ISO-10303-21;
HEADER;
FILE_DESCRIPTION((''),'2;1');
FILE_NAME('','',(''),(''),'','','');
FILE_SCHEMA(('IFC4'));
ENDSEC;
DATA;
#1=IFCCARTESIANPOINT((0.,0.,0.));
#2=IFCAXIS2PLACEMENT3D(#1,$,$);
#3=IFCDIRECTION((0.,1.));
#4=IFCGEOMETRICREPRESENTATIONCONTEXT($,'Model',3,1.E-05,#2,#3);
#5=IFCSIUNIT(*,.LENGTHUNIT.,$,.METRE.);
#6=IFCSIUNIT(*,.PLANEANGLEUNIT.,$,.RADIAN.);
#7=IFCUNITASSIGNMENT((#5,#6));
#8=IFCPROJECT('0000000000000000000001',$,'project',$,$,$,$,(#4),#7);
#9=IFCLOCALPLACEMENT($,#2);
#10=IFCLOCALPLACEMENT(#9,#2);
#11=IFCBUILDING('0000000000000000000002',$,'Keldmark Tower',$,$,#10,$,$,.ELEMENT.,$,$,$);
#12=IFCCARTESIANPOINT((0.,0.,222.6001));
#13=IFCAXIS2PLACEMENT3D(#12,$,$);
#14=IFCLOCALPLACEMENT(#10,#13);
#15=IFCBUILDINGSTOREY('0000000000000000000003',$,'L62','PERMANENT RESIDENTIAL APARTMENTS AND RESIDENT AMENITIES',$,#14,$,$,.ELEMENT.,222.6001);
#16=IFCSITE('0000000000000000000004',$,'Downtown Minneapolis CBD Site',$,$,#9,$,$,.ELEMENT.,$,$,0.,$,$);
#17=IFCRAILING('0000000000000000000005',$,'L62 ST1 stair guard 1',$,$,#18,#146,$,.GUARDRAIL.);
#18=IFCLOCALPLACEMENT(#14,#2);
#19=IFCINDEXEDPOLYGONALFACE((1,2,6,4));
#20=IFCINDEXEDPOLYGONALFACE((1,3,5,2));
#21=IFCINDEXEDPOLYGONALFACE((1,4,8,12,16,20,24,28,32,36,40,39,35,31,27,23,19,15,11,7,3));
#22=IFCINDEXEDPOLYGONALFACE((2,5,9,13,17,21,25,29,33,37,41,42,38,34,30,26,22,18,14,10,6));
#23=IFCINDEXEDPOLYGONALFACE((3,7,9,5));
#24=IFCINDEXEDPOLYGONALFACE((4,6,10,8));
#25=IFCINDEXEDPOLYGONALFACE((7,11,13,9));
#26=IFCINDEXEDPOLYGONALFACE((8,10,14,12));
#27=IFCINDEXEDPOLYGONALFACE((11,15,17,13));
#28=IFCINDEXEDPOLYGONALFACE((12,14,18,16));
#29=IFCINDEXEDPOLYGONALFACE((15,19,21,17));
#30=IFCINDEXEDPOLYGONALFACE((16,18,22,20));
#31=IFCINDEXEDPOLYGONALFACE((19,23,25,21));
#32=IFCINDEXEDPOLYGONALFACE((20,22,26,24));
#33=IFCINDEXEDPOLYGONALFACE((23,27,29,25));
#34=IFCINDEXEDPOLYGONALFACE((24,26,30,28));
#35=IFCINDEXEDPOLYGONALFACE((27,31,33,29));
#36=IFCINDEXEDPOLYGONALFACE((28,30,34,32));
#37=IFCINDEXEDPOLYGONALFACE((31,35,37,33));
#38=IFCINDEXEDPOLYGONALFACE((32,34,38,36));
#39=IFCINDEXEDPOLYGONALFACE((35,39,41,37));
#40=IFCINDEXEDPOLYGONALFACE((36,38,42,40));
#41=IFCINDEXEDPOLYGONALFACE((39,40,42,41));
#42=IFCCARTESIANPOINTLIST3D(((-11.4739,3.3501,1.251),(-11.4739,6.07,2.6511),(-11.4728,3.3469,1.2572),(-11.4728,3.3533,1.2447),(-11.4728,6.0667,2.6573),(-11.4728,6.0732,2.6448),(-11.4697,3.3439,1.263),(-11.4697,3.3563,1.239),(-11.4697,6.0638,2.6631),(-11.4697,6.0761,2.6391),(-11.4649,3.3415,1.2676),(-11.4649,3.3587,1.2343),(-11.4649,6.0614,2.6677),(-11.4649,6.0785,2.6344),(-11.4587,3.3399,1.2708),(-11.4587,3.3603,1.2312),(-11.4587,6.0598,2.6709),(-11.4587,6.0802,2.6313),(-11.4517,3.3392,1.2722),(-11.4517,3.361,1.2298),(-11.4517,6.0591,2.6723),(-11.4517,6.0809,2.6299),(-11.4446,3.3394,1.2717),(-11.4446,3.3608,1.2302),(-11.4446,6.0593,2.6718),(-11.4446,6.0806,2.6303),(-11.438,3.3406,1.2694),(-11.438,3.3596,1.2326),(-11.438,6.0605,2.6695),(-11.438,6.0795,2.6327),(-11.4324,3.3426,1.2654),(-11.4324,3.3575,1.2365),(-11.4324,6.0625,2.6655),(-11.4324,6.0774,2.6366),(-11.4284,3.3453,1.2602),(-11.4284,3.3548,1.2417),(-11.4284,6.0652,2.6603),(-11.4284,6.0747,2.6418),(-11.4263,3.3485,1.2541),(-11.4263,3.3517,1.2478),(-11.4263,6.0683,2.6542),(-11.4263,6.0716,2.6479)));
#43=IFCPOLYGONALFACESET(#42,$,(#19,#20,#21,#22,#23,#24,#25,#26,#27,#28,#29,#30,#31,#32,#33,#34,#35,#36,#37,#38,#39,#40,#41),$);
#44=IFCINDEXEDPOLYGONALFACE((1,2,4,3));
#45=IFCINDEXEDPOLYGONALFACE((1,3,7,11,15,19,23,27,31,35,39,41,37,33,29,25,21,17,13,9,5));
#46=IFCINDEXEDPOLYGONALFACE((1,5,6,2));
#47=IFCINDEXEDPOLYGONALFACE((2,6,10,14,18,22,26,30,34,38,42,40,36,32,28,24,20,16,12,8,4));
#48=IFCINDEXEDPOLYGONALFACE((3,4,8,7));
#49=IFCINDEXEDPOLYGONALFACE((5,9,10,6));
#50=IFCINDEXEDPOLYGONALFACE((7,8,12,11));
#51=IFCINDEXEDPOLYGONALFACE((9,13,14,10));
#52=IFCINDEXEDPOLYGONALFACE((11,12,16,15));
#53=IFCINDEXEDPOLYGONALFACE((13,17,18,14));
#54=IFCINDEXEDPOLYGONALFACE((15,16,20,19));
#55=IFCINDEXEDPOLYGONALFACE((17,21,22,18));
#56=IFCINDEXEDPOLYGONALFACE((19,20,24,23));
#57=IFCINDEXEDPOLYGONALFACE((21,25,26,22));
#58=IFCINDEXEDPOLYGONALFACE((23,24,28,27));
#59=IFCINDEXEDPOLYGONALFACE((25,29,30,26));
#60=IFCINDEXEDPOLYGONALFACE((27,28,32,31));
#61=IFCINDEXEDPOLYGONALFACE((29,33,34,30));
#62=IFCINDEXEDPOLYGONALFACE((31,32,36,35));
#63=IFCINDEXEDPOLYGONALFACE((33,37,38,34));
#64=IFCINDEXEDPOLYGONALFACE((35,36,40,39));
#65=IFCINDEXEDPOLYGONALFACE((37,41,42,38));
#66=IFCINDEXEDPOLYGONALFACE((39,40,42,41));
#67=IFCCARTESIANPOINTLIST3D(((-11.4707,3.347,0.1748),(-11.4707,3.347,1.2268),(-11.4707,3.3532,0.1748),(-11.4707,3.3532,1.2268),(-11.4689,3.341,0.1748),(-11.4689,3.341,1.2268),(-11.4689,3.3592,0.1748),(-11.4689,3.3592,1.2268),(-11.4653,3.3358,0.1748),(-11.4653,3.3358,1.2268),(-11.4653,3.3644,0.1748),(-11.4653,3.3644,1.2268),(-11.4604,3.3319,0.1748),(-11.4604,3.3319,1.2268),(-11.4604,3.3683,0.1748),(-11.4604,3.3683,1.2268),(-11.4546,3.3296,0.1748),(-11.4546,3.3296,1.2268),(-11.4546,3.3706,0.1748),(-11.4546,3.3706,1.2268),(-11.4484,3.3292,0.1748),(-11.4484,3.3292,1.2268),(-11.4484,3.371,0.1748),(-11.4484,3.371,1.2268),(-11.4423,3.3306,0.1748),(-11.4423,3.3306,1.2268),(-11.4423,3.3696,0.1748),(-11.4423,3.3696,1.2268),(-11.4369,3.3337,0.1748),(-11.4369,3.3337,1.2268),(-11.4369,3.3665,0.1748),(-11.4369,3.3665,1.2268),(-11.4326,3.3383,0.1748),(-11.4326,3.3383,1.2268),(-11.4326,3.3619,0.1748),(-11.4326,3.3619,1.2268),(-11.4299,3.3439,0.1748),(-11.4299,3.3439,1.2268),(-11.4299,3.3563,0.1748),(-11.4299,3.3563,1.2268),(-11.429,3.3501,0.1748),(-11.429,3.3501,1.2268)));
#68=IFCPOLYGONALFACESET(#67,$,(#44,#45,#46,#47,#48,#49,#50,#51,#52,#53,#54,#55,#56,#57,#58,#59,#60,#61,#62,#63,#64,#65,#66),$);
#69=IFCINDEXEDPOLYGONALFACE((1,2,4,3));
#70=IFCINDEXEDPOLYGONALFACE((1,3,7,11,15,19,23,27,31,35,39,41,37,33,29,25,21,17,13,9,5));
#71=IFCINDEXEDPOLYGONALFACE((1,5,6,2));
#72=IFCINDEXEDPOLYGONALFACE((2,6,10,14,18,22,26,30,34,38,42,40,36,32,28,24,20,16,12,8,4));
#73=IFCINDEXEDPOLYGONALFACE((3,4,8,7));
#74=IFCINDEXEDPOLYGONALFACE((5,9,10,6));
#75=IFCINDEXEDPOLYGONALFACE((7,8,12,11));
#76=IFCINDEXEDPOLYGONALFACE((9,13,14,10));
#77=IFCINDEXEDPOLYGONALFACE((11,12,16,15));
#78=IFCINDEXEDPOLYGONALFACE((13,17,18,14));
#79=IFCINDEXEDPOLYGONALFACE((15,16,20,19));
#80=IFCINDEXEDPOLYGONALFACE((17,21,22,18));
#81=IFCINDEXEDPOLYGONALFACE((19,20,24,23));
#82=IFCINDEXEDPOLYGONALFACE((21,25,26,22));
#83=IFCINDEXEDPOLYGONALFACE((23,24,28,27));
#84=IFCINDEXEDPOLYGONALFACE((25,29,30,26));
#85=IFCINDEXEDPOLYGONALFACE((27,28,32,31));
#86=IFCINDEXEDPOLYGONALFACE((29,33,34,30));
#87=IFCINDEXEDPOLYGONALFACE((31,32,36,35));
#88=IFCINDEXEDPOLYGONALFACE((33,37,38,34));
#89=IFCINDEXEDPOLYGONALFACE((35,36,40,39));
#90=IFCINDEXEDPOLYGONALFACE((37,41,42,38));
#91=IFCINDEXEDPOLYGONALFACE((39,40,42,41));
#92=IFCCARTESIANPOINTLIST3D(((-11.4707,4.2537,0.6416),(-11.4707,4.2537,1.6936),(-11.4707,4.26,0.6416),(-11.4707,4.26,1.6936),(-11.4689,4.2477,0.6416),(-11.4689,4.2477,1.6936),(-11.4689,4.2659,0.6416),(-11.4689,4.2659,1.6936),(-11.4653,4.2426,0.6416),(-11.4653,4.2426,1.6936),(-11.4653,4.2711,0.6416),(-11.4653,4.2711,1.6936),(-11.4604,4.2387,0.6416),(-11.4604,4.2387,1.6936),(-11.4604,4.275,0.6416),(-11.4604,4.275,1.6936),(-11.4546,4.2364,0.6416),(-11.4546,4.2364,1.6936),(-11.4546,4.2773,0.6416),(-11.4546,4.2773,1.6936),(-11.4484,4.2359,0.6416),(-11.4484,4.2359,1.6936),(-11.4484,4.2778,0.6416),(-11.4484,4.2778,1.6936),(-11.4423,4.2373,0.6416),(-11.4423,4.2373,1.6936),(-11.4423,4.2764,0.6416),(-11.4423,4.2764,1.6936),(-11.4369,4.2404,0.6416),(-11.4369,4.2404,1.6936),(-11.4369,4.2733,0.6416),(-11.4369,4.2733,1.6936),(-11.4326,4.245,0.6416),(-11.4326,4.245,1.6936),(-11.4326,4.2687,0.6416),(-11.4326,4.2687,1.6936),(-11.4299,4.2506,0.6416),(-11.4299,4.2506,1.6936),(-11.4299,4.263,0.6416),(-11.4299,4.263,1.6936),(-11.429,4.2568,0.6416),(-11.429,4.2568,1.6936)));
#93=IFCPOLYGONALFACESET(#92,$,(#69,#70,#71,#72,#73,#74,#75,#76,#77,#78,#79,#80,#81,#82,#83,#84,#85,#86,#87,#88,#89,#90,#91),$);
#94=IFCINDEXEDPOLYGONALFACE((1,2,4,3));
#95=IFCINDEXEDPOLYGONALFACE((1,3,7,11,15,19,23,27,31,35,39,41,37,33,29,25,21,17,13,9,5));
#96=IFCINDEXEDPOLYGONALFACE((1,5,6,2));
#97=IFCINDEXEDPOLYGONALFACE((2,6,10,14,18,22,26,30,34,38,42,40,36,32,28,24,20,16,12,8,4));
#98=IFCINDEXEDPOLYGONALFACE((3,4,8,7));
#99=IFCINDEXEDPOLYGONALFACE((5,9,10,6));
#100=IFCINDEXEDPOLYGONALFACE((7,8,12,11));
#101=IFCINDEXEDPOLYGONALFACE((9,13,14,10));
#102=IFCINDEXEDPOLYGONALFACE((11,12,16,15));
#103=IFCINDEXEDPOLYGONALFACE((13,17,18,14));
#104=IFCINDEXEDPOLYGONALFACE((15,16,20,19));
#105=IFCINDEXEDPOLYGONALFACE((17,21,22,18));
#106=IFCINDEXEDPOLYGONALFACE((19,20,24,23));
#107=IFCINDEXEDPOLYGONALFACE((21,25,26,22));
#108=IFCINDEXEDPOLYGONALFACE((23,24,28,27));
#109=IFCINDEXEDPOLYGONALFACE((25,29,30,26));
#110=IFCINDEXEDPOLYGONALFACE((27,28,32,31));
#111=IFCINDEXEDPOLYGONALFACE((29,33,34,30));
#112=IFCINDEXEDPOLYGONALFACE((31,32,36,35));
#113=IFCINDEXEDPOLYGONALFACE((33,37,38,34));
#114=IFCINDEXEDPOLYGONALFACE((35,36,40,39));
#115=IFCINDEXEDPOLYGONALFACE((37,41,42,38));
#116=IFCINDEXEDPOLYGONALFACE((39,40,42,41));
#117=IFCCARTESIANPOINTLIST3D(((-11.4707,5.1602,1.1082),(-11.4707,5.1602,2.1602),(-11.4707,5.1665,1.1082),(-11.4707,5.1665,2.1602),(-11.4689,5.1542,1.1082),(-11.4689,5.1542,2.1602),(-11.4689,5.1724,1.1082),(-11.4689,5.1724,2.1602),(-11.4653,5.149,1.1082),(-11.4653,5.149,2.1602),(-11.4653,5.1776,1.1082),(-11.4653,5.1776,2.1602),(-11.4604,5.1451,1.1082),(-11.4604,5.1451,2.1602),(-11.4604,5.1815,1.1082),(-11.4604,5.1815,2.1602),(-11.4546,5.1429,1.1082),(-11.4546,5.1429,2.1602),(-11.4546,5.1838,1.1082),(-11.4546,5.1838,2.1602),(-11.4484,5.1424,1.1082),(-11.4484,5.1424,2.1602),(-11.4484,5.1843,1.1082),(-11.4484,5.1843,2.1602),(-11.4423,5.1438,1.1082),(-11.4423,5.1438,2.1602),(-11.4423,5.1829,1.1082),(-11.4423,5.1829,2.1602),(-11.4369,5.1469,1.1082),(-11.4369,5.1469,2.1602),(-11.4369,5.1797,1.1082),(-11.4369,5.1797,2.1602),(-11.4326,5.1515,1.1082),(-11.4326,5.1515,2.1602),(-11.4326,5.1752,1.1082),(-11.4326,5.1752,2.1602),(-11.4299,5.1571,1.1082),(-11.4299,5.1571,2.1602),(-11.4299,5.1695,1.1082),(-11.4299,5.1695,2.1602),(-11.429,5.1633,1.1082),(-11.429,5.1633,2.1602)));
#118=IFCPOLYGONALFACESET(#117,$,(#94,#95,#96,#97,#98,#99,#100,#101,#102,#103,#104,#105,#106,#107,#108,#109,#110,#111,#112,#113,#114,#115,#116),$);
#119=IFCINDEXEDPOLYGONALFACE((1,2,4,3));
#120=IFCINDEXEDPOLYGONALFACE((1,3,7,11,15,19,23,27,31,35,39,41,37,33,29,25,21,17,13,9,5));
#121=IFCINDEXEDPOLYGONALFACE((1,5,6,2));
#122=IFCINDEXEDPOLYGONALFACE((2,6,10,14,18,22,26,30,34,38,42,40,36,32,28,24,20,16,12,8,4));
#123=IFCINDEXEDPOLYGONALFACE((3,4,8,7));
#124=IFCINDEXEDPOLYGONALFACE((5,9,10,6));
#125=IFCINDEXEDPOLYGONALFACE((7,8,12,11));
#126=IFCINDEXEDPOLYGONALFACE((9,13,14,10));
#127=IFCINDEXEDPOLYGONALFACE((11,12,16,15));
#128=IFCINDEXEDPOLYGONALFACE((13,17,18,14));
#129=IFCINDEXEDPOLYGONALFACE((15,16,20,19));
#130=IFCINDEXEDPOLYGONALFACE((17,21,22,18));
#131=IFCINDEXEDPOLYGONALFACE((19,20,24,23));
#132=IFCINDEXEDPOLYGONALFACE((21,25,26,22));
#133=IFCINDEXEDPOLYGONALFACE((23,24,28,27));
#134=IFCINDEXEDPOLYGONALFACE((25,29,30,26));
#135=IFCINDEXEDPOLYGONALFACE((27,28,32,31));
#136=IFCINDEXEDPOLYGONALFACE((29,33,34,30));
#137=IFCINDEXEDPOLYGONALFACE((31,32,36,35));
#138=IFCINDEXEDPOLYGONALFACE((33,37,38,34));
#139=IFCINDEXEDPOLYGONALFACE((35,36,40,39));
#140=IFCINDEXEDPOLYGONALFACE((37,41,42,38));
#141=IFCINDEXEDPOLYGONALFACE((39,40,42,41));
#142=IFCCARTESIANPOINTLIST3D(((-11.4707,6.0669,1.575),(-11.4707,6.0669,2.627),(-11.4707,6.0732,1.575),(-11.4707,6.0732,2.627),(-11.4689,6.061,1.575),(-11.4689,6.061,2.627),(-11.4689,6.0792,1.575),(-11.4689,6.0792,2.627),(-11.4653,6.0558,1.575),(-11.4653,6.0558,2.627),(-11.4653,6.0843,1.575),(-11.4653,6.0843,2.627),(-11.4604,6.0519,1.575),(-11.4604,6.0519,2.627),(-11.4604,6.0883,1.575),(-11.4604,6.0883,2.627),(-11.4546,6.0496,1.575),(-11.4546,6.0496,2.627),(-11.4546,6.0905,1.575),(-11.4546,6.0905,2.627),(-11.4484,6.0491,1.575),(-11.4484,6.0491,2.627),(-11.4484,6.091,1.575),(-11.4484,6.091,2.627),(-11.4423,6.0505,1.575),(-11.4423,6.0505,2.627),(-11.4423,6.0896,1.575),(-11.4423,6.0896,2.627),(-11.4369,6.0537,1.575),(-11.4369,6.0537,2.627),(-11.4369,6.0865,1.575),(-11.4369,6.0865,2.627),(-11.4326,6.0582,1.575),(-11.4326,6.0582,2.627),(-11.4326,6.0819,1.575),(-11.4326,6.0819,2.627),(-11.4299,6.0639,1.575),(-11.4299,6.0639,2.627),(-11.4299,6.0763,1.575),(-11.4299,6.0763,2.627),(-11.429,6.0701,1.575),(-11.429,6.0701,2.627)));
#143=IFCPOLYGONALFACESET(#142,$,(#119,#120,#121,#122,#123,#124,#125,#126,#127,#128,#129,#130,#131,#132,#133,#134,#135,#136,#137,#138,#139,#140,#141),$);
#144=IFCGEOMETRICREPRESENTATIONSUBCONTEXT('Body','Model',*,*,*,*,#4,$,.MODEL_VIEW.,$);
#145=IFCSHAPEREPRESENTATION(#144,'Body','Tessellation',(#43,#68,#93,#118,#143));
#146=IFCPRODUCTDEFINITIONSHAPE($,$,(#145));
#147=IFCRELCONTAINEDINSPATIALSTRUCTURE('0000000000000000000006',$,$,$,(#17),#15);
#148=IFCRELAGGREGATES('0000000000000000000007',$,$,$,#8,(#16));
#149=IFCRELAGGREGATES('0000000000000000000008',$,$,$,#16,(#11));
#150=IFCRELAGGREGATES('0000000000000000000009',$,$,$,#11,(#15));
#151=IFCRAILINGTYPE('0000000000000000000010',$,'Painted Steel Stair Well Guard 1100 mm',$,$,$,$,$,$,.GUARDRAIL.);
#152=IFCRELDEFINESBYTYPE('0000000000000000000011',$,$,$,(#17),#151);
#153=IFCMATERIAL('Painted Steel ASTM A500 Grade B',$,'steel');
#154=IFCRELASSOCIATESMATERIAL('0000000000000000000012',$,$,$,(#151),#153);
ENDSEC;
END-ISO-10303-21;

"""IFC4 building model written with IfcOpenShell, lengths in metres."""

from ifc_helpers import new_model, si_unit, direction, frame, origin, origin_2d, place, context, subcontext, project, spatial, circle, extrude, material, type_object, element, save


model = new_model("IFC4")

# Units and contexts
model_context = context("Model", 3, precision=1e-05, world=origin(), true_north=direction((0.0, 1.0)))
body_context = subcontext(model_context, "Body", "Model", "MODEL_VIEW")
ifc_project = project(units=[si_unit("LENGTHUNIT", "METRE"), si_unit("PLANEANGLEUNIT", "RADIAN")], contexts=[model_context])

# Site, building, storey
site_placement = place(None, origin())
site = spatial("IfcSite", under=ifc_project, at=site_placement, Name="Downtown Minneapolis CBD Site", CompositionType="ELEMENT", RefElevation=0.0)
building_placement = place(site_placement, origin())
building = spatial("IfcBuilding", under=site, at=building_placement, Name="Keldmark Tower", CompositionType="ELEMENT")
storey_placement = place(building_placement, frame((0.0, 0.0, 222.6001)))
storey = spatial("IfcBuildingStorey", under=building, at=storey_placement, Name="L62", Description="PERMANENT RESIDENTIAL APARTMENTS AND RESIDENT AMENITIES", CompositionType="ELEMENT", Elevation=222.6001)

# Railing
ifc_material_1 = material(Name="Painted Steel ASTM A500 Grade B", Category="steel")
railing_type_1 = type_object("IfcRailingType", Name="Painted Steel Stair Well Guard 1100 mm", PredefinedType="GUARDRAIL", material=ifc_material_1)
railing_1_placement = place(storey_placement, frame((-11.45, 3.3501, 0.1748)))
element("IfcRailing", 1, at=railing_1_placement, inside=storey, type_object=railing_type_1, Name="L62 ST1 stair guard 1", PredefinedType="GUARDRAIL", context=body_context, shape_type="SweptSolid", body=[
    extrude(circle(Radius=0.0239, at=origin_2d()), frame((0.0, 0.0, 1.0762), z_axis=(0.0, 0.889114, 0.457685), x_axis=(-1.0, 0.0, 0.0)), (0.0, 0.0, 1.0), 3.0591),
    extrude(circle(Radius=0.021, at=origin_2d()), origin(), (0.0, 0.0, 1.0), 1.052),
    extrude(circle(Radius=0.021, at=origin_2d()), frame((0.0, 0.9067, 0.4668)), (0.0, 0.0, 1.0), 1.052),
    extrude(circle(Radius=0.021, at=origin_2d()), frame((0.0, 1.8132, 0.9333)), (0.0, 0.0, 1.0), 1.052),
    extrude(circle(Radius=0.021, at=origin_2d()), frame((0.0, 2.72, 1.4001)), (0.0, 0.0, 1.0), 1.052),
])

save(model, "model.ifc")
